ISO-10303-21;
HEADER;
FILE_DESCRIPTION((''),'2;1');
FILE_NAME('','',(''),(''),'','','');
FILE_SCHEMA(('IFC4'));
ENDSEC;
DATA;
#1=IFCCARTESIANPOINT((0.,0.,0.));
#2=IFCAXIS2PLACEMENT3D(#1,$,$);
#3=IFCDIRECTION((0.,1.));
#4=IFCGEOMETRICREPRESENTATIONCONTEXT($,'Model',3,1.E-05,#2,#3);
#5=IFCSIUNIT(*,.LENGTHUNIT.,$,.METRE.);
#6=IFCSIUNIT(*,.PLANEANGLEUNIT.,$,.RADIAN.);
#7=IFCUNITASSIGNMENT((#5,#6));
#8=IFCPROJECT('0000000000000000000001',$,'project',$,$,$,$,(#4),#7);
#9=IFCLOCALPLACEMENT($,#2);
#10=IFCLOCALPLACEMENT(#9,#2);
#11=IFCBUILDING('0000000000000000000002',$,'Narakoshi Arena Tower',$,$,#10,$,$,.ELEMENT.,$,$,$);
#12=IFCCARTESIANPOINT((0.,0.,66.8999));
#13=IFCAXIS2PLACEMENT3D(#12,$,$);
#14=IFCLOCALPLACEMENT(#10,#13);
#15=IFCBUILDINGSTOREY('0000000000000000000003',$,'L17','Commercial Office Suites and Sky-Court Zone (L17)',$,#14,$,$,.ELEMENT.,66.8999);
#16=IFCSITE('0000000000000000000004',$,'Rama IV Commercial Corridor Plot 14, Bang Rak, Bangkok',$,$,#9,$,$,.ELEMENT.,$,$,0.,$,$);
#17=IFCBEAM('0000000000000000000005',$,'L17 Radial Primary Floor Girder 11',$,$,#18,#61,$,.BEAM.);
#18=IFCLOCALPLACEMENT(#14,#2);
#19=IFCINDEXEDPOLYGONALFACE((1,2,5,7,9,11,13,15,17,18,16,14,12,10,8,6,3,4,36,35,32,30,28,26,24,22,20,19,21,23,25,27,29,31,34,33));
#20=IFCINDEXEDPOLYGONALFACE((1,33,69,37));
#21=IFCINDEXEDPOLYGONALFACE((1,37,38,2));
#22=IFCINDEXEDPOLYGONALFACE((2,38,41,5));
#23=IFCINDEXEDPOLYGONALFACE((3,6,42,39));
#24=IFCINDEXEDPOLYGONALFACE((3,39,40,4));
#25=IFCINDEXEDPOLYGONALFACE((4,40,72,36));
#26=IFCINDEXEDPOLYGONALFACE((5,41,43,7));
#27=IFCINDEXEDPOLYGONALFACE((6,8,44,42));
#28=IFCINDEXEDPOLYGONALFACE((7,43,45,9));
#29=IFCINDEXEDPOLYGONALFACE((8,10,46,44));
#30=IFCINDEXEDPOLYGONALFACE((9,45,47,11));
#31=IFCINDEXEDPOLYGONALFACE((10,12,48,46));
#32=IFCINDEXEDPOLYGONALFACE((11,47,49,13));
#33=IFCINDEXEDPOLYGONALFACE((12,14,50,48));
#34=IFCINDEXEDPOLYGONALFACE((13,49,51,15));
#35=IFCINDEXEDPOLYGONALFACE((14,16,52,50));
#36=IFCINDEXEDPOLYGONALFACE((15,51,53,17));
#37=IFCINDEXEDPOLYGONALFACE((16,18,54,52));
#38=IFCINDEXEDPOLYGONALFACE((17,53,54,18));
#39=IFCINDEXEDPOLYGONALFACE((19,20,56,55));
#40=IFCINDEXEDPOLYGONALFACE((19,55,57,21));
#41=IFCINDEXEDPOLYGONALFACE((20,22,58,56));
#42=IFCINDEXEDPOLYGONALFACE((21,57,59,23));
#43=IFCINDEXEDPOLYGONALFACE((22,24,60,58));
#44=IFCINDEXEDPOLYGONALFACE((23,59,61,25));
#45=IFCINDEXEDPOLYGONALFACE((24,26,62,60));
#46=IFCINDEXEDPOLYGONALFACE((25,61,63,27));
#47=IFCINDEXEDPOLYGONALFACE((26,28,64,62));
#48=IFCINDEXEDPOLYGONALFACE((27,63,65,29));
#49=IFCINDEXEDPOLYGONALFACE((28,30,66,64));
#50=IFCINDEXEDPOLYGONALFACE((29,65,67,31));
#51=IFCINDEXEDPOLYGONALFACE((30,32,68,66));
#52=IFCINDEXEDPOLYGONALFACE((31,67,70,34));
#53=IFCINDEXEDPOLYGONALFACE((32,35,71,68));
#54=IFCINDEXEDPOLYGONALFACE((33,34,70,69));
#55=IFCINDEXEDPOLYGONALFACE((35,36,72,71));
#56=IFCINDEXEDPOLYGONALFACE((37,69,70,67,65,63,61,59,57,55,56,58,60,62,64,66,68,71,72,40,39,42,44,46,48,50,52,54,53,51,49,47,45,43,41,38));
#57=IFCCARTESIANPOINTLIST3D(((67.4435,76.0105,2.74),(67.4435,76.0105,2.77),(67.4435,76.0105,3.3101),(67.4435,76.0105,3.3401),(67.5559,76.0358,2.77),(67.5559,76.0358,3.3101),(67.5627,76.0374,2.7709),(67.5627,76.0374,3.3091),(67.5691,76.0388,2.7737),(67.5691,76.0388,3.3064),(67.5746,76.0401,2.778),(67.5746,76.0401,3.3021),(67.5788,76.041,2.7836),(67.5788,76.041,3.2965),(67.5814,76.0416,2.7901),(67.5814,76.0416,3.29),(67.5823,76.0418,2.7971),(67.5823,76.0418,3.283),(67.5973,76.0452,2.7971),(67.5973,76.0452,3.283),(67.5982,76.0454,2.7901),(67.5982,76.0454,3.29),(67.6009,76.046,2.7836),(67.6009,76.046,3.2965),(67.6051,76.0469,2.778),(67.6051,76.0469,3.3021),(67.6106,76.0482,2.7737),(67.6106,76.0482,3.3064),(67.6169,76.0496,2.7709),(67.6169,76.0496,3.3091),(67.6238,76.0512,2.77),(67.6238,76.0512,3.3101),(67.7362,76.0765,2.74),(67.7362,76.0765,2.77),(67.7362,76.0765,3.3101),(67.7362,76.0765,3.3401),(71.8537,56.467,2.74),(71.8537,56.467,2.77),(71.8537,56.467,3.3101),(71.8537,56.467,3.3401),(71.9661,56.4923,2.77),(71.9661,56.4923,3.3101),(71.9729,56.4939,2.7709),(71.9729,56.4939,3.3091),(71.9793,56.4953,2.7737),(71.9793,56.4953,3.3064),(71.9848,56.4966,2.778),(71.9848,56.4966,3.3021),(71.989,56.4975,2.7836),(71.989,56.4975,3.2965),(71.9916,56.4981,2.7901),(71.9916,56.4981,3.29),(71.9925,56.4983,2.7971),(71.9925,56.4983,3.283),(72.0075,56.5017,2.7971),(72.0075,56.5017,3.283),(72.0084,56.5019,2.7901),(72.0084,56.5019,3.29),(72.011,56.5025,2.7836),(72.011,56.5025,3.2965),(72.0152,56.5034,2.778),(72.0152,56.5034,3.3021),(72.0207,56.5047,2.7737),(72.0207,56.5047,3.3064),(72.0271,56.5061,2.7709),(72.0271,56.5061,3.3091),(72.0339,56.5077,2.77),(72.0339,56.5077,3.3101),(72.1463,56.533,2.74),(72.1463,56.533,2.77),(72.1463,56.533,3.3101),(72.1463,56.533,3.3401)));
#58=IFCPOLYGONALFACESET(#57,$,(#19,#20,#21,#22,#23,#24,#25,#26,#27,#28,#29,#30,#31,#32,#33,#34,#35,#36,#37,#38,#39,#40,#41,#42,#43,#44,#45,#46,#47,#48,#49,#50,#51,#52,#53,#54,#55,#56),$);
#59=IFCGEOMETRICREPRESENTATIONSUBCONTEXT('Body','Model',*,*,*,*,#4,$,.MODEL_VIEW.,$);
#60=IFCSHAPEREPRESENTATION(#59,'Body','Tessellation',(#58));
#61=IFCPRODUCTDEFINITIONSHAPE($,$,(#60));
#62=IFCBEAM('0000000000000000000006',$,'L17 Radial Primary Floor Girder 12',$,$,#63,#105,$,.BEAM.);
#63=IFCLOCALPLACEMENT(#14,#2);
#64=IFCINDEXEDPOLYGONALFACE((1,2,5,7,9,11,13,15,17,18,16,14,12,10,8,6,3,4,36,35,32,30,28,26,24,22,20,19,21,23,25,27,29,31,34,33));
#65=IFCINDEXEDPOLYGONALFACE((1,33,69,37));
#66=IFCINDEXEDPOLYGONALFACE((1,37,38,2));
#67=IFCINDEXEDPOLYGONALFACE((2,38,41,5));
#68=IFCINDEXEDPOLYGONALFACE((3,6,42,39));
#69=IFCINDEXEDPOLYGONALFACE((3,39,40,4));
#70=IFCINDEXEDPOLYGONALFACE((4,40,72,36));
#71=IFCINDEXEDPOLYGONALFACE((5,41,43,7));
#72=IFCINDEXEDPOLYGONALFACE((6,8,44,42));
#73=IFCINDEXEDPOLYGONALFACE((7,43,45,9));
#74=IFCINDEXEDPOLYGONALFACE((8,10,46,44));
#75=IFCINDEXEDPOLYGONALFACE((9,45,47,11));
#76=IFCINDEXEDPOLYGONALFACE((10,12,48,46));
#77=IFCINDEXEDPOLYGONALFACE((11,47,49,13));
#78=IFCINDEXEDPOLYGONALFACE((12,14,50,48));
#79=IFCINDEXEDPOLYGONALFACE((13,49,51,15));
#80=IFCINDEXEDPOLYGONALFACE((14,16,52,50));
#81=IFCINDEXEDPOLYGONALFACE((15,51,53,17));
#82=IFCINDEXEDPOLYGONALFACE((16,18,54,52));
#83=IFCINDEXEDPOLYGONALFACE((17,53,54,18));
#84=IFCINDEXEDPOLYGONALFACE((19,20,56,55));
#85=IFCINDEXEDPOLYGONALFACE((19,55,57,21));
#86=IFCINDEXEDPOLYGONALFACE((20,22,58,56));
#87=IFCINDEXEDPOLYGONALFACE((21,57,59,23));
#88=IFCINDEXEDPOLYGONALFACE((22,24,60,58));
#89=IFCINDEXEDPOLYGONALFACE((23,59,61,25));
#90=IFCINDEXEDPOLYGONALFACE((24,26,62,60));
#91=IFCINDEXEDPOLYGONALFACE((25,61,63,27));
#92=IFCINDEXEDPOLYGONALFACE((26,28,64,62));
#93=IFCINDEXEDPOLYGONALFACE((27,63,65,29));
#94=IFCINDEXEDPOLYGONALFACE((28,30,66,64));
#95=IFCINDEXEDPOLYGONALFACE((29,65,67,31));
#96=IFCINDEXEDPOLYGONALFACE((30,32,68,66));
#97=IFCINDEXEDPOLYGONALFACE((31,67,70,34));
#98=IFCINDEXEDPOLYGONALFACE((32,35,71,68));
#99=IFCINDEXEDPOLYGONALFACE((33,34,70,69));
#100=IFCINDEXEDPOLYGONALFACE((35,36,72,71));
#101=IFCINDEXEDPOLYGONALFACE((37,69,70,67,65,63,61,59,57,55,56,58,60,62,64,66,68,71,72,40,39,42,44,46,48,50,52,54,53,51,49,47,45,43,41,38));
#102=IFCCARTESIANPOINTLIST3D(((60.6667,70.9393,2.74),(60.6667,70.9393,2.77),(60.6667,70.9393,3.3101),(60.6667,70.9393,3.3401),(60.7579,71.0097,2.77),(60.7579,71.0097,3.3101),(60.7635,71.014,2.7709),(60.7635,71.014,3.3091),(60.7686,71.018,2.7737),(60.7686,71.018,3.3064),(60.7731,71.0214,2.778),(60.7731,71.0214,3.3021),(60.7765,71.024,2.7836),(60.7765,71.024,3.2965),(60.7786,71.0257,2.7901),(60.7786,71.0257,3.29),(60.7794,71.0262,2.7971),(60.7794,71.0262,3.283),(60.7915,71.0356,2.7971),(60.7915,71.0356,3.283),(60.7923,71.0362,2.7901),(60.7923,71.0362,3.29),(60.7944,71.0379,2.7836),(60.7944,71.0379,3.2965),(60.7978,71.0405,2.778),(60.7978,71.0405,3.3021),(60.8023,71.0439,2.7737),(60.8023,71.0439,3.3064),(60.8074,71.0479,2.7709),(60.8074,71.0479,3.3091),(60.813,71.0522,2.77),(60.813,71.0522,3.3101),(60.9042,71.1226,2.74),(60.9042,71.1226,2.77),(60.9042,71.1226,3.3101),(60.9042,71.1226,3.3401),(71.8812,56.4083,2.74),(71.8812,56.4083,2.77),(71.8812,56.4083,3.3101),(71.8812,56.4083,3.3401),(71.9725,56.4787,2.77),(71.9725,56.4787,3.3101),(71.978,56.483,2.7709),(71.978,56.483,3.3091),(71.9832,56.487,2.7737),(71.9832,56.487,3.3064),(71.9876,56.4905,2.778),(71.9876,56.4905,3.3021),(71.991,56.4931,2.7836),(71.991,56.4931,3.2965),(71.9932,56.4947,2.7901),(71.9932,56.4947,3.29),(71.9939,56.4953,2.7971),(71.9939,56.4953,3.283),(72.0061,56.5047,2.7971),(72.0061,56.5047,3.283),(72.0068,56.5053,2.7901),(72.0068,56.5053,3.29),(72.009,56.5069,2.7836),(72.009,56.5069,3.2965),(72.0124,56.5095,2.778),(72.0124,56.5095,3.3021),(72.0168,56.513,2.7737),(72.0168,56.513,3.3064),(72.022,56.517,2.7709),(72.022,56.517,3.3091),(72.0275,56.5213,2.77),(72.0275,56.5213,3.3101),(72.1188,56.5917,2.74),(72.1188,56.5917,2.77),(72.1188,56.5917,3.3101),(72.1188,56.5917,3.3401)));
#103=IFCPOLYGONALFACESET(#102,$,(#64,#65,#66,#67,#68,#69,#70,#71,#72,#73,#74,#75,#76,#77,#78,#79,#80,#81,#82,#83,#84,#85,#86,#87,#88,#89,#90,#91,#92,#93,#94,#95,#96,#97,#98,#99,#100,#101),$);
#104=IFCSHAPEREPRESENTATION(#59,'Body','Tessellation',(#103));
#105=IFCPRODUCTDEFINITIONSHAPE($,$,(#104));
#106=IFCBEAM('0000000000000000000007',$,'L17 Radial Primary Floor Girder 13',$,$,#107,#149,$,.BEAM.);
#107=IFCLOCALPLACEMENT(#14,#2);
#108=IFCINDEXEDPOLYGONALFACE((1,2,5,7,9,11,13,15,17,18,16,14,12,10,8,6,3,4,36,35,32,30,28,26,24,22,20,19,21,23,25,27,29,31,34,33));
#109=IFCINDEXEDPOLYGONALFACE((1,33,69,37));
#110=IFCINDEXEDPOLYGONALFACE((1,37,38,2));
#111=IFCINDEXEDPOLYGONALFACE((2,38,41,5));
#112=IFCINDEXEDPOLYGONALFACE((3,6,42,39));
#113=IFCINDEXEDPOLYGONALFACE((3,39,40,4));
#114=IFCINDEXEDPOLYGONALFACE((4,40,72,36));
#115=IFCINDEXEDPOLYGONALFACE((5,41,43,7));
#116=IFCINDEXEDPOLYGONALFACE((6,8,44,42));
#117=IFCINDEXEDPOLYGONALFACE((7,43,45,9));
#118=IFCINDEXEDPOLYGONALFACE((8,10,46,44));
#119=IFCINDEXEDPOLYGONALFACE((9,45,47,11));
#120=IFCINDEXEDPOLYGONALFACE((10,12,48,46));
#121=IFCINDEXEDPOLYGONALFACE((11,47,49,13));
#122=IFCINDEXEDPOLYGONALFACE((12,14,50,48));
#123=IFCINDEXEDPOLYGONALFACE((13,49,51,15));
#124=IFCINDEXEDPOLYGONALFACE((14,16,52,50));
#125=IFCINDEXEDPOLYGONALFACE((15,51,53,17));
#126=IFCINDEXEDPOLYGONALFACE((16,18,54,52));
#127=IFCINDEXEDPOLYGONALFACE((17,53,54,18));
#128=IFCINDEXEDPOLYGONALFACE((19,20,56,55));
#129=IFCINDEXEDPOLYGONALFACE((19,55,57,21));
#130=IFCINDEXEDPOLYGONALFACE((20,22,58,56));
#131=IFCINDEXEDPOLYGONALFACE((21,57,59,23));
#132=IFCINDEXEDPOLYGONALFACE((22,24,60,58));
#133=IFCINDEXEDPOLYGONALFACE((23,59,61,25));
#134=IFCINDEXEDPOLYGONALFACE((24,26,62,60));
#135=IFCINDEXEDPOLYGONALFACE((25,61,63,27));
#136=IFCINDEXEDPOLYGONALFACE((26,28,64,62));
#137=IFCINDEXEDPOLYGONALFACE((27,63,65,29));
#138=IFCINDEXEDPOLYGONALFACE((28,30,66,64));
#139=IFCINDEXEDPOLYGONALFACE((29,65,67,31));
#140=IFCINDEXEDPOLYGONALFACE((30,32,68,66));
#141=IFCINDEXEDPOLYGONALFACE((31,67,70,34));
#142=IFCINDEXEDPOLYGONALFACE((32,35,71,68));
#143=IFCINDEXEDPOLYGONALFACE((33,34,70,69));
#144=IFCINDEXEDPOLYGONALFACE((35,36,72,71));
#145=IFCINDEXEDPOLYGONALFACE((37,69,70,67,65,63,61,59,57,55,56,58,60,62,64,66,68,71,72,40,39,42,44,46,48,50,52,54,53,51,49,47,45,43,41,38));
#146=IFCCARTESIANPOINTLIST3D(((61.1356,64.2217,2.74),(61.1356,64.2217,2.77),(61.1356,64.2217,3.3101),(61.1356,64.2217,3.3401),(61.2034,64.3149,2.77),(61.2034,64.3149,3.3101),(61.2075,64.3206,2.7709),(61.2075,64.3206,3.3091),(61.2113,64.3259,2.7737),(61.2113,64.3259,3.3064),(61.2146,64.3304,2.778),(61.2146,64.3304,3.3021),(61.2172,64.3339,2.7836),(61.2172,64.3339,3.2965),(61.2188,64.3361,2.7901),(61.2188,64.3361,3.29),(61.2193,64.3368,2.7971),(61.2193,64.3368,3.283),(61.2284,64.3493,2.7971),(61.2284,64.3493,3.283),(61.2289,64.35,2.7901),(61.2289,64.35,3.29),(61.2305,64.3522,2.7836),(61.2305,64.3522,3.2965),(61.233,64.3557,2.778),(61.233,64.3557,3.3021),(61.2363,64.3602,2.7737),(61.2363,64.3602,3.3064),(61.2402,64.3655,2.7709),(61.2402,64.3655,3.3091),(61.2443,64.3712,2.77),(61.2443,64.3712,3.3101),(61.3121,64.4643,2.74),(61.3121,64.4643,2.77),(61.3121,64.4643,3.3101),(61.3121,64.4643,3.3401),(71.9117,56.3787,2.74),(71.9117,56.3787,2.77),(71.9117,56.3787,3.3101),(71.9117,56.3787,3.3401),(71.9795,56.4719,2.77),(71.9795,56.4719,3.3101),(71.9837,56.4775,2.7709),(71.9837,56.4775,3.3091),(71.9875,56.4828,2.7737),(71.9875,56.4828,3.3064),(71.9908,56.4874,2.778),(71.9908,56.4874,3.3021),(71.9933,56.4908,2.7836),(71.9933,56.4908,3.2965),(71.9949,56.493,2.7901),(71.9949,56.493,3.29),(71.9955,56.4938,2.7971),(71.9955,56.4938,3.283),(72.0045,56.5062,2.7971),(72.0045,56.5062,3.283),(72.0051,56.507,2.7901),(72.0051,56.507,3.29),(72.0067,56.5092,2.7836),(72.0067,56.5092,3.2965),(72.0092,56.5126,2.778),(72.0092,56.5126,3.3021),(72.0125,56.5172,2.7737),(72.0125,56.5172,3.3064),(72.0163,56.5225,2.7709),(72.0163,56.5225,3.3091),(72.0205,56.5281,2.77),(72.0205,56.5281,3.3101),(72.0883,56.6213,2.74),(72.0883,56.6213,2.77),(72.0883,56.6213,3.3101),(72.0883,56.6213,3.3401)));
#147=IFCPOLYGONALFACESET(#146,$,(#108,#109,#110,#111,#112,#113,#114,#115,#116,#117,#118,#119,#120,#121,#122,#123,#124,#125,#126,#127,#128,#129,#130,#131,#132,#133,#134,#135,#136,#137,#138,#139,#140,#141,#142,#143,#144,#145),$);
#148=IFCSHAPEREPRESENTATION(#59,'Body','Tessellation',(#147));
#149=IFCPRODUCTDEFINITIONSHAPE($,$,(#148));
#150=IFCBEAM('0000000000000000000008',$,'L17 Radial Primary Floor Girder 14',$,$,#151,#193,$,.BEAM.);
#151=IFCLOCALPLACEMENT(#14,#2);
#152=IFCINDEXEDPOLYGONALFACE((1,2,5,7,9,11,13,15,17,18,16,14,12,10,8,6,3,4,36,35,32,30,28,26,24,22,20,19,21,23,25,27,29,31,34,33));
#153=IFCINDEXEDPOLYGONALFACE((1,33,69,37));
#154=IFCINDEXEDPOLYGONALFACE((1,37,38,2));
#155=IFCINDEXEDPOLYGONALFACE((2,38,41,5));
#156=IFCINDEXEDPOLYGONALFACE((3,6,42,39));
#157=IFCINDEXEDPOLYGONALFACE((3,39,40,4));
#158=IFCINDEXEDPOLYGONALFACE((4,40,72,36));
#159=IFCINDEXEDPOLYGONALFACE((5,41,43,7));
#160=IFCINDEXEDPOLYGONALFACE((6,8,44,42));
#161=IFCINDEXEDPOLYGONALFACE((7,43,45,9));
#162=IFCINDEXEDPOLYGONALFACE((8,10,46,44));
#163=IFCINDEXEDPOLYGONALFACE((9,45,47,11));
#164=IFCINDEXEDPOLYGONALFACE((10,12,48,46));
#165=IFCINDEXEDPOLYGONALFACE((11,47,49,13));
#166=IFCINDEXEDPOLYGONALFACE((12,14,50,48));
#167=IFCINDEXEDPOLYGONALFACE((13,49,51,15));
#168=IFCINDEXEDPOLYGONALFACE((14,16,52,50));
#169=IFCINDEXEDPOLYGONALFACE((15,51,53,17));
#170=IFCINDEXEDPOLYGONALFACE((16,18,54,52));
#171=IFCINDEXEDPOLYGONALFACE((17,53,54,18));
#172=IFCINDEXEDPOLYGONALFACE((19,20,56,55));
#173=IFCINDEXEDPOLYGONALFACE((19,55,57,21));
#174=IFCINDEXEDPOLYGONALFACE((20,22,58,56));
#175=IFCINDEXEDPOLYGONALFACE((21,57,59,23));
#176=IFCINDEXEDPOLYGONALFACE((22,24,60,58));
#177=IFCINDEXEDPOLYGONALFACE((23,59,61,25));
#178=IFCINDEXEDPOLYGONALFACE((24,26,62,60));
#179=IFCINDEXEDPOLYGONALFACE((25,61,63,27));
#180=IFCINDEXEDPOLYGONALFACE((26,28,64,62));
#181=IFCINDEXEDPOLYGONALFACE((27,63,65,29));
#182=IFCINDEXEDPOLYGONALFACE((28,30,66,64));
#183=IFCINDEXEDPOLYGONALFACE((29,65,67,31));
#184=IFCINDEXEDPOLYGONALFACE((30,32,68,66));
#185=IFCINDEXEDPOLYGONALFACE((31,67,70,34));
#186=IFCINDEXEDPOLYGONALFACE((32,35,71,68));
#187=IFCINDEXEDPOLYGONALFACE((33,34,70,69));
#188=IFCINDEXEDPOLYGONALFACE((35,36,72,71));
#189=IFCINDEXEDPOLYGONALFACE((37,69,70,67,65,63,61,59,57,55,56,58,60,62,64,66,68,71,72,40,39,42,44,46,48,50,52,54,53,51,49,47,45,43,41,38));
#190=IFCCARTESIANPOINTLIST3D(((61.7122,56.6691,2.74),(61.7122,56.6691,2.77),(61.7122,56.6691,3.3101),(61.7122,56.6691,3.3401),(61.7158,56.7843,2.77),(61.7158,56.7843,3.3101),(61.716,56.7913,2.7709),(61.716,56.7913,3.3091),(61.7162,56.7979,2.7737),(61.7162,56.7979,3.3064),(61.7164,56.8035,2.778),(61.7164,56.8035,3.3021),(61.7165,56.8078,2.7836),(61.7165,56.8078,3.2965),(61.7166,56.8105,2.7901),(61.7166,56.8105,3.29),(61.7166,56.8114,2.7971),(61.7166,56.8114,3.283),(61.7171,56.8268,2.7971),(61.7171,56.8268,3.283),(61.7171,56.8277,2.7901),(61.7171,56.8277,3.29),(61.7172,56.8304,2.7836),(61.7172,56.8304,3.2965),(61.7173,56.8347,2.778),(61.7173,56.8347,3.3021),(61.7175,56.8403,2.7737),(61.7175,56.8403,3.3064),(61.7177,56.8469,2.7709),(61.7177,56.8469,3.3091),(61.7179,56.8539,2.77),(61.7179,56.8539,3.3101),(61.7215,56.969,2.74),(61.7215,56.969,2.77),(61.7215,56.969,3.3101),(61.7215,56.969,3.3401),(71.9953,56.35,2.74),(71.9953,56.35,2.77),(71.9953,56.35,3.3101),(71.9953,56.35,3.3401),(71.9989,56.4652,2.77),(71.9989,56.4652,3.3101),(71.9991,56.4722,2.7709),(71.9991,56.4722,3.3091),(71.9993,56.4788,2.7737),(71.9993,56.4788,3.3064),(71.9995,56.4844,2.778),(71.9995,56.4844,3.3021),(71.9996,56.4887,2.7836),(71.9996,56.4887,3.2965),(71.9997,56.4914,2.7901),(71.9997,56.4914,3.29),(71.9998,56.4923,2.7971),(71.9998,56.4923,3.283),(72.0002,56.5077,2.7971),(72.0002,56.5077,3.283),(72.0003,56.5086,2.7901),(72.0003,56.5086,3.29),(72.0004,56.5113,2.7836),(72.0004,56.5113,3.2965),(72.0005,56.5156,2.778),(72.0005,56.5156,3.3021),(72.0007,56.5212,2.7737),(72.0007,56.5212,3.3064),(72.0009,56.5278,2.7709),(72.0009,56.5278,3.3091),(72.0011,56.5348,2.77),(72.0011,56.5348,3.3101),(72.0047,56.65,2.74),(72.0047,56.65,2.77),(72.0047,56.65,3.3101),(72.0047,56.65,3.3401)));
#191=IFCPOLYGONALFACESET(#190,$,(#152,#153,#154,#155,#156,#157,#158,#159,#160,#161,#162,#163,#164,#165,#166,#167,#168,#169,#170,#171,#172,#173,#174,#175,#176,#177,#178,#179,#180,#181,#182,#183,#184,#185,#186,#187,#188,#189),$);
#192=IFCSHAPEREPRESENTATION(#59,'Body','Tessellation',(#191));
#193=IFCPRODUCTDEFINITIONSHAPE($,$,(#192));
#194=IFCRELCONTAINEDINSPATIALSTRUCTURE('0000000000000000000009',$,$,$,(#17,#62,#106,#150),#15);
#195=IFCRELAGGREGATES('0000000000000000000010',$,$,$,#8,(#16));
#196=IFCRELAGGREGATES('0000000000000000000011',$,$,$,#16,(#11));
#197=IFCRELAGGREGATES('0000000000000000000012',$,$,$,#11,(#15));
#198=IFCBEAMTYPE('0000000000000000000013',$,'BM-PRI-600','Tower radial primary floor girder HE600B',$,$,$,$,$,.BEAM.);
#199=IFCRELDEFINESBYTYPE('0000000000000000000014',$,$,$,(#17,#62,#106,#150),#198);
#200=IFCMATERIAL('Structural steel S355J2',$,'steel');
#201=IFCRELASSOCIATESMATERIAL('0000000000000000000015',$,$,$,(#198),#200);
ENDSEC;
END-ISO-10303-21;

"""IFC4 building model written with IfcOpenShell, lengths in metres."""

from ifc_helpers import new_model, si_unit, direction, frame, origin, origin_2d, place, context, subcontext, project, spatial, i_section, extrude, material, material_profile, profile_set, type_object, element, save


model = new_model("IFC4")

# Units and contexts
model_context = context("Model", 3, precision=1e-05, world=origin(), true_north=direction((0.0, 1.0)))
body_context = subcontext(model_context, "Body", "Model", "MODEL_VIEW")
ifc_project = project(units=[si_unit("LENGTHUNIT", "METRE"), si_unit("PLANEANGLEUNIT", "RADIAN")], contexts=[model_context])

# Site, building, storey
site_placement = place(None, origin())
site = spatial("IfcSite", under=ifc_project, at=site_placement, Name="Rama IV Commercial Corridor Plot 14, Bang Rak, Bangkok", CompositionType="ELEMENT", RefElevation=0.0)
building_placement = place(site_placement, origin())
building = spatial("IfcBuilding", under=site, at=building_placement, Name="Narakoshi Arena Tower", CompositionType="ELEMENT")
storey_placement = place(building_placement, frame((0.0, 0.0, 66.8999)))
storey = spatial("IfcBuildingStorey", under=building, at=storey_placement, Name="L17", Description="Commercial Office Suites and Sky-Court Zone (L17)", CompositionType="ELEMENT", Elevation=66.8999)

# Beams
ifc_material_1 = material(Name="Structural steel S355J2", Category="steel")
ifc_material_profile_1 = material_profile(ifc_material_1, i_section(OverallWidth=0.3, OverallDepth=0.6001, WebThickness=0.0154, FlangeThickness=0.03, FilletRadius=0.0271, at=origin_2d()), Name="HE600B")
ifc_profile_set_1 = profile_set([ifc_material_profile_1], Name="Structural steel S355J2")
beam_type_1 = type_object("IfcBeamType", Name="BM-PRI-600", Description="Tower radial primary floor girder HE600B", PredefinedType="BEAM", material=ifc_profile_set_1)
beam_1_placement = place(storey_placement, frame((72.0, 56.5, 3.04), z_axis=(-0.220124, 0.975472, 0.0), x_axis=(-0.975472, -0.220124, 0.0)))
element("IfcBeam", 1, at=beam_1_placement, inside=storey, type_object=beam_type_1, Name="L17 Radial Primary Floor Girder 11", PredefinedType="BEAM", context=body_context, shape_type="SweptSolid", body=[
    extrude(i_section(OverallWidth=0.3, OverallDepth=0.6001, WebThickness=0.0154, FlangeThickness=0.03, FilletRadius=0.0271, at=origin_2d()), origin(), (0.0, 0.0, 1.0), 20.0349),
])
beam_2_placement = place(storey_placement, frame((72.0, 56.5, 3.04), z_axis=(-0.610973, 0.791651, 0.0), x_axis=(-0.791651, -0.610973, 0.0)))
element("IfcBeam", 2, at=beam_2_placement, inside=storey, type_object=beam_type_1, Name="L17 Radial Primary Floor Girder 12", PredefinedType="BEAM", context=body_context, shape_type="SweptSolid", body=[
    extrude(i_section(OverallWidth=0.3, OverallDepth=0.6001, WebThickness=0.0154, FlangeThickness=0.03, FilletRadius=0.0271, at=origin_2d()), origin(), (0.0, 0.0, 1.0), 18.3552),
])
beam_3_placement = place(storey_placement, frame((72.0, 56.5, 3.04), z_axis=(-0.808528, 0.588458, 0.0), x_axis=(-0.588458, -0.808528, 0.0)))
element("IfcBeam", 3, at=beam_3_placement, inside=storey, type_object=beam_type_1, Name="L17 Radial Primary Floor Girder 13", PredefinedType="BEAM", context=body_context, shape_type="SweptSolid", body=[
    extrude(i_section(OverallWidth=0.3, OverallDepth=0.6001, WebThickness=0.0154, FlangeThickness=0.03, FilletRadius=0.0271, at=origin_2d()), origin(), (0.0, 0.0, 1.0), 13.3281),
])
beam_4_placement = place(storey_placement, frame((72.0, 56.5, 3.04), z_axis=(-0.999519, 0.031015, 0.0), x_axis=(-0.031015, -0.999519, 0.0)))
element("IfcBeam", 4, at=beam_4_placement, inside=storey, type_object=beam_type_1, Name="L17 Radial Primary Floor Girder 14", PredefinedType="BEAM", context=body_context, shape_type="SweptSolid", body=[
    extrude(i_section(OverallWidth=0.3, OverallDepth=0.6001, WebThickness=0.0154, FlangeThickness=0.03, FilletRadius=0.0271, at=origin_2d()), origin(), (0.0, 0.0, 1.0), 10.2881),
])

save(model, "model.ifc")
